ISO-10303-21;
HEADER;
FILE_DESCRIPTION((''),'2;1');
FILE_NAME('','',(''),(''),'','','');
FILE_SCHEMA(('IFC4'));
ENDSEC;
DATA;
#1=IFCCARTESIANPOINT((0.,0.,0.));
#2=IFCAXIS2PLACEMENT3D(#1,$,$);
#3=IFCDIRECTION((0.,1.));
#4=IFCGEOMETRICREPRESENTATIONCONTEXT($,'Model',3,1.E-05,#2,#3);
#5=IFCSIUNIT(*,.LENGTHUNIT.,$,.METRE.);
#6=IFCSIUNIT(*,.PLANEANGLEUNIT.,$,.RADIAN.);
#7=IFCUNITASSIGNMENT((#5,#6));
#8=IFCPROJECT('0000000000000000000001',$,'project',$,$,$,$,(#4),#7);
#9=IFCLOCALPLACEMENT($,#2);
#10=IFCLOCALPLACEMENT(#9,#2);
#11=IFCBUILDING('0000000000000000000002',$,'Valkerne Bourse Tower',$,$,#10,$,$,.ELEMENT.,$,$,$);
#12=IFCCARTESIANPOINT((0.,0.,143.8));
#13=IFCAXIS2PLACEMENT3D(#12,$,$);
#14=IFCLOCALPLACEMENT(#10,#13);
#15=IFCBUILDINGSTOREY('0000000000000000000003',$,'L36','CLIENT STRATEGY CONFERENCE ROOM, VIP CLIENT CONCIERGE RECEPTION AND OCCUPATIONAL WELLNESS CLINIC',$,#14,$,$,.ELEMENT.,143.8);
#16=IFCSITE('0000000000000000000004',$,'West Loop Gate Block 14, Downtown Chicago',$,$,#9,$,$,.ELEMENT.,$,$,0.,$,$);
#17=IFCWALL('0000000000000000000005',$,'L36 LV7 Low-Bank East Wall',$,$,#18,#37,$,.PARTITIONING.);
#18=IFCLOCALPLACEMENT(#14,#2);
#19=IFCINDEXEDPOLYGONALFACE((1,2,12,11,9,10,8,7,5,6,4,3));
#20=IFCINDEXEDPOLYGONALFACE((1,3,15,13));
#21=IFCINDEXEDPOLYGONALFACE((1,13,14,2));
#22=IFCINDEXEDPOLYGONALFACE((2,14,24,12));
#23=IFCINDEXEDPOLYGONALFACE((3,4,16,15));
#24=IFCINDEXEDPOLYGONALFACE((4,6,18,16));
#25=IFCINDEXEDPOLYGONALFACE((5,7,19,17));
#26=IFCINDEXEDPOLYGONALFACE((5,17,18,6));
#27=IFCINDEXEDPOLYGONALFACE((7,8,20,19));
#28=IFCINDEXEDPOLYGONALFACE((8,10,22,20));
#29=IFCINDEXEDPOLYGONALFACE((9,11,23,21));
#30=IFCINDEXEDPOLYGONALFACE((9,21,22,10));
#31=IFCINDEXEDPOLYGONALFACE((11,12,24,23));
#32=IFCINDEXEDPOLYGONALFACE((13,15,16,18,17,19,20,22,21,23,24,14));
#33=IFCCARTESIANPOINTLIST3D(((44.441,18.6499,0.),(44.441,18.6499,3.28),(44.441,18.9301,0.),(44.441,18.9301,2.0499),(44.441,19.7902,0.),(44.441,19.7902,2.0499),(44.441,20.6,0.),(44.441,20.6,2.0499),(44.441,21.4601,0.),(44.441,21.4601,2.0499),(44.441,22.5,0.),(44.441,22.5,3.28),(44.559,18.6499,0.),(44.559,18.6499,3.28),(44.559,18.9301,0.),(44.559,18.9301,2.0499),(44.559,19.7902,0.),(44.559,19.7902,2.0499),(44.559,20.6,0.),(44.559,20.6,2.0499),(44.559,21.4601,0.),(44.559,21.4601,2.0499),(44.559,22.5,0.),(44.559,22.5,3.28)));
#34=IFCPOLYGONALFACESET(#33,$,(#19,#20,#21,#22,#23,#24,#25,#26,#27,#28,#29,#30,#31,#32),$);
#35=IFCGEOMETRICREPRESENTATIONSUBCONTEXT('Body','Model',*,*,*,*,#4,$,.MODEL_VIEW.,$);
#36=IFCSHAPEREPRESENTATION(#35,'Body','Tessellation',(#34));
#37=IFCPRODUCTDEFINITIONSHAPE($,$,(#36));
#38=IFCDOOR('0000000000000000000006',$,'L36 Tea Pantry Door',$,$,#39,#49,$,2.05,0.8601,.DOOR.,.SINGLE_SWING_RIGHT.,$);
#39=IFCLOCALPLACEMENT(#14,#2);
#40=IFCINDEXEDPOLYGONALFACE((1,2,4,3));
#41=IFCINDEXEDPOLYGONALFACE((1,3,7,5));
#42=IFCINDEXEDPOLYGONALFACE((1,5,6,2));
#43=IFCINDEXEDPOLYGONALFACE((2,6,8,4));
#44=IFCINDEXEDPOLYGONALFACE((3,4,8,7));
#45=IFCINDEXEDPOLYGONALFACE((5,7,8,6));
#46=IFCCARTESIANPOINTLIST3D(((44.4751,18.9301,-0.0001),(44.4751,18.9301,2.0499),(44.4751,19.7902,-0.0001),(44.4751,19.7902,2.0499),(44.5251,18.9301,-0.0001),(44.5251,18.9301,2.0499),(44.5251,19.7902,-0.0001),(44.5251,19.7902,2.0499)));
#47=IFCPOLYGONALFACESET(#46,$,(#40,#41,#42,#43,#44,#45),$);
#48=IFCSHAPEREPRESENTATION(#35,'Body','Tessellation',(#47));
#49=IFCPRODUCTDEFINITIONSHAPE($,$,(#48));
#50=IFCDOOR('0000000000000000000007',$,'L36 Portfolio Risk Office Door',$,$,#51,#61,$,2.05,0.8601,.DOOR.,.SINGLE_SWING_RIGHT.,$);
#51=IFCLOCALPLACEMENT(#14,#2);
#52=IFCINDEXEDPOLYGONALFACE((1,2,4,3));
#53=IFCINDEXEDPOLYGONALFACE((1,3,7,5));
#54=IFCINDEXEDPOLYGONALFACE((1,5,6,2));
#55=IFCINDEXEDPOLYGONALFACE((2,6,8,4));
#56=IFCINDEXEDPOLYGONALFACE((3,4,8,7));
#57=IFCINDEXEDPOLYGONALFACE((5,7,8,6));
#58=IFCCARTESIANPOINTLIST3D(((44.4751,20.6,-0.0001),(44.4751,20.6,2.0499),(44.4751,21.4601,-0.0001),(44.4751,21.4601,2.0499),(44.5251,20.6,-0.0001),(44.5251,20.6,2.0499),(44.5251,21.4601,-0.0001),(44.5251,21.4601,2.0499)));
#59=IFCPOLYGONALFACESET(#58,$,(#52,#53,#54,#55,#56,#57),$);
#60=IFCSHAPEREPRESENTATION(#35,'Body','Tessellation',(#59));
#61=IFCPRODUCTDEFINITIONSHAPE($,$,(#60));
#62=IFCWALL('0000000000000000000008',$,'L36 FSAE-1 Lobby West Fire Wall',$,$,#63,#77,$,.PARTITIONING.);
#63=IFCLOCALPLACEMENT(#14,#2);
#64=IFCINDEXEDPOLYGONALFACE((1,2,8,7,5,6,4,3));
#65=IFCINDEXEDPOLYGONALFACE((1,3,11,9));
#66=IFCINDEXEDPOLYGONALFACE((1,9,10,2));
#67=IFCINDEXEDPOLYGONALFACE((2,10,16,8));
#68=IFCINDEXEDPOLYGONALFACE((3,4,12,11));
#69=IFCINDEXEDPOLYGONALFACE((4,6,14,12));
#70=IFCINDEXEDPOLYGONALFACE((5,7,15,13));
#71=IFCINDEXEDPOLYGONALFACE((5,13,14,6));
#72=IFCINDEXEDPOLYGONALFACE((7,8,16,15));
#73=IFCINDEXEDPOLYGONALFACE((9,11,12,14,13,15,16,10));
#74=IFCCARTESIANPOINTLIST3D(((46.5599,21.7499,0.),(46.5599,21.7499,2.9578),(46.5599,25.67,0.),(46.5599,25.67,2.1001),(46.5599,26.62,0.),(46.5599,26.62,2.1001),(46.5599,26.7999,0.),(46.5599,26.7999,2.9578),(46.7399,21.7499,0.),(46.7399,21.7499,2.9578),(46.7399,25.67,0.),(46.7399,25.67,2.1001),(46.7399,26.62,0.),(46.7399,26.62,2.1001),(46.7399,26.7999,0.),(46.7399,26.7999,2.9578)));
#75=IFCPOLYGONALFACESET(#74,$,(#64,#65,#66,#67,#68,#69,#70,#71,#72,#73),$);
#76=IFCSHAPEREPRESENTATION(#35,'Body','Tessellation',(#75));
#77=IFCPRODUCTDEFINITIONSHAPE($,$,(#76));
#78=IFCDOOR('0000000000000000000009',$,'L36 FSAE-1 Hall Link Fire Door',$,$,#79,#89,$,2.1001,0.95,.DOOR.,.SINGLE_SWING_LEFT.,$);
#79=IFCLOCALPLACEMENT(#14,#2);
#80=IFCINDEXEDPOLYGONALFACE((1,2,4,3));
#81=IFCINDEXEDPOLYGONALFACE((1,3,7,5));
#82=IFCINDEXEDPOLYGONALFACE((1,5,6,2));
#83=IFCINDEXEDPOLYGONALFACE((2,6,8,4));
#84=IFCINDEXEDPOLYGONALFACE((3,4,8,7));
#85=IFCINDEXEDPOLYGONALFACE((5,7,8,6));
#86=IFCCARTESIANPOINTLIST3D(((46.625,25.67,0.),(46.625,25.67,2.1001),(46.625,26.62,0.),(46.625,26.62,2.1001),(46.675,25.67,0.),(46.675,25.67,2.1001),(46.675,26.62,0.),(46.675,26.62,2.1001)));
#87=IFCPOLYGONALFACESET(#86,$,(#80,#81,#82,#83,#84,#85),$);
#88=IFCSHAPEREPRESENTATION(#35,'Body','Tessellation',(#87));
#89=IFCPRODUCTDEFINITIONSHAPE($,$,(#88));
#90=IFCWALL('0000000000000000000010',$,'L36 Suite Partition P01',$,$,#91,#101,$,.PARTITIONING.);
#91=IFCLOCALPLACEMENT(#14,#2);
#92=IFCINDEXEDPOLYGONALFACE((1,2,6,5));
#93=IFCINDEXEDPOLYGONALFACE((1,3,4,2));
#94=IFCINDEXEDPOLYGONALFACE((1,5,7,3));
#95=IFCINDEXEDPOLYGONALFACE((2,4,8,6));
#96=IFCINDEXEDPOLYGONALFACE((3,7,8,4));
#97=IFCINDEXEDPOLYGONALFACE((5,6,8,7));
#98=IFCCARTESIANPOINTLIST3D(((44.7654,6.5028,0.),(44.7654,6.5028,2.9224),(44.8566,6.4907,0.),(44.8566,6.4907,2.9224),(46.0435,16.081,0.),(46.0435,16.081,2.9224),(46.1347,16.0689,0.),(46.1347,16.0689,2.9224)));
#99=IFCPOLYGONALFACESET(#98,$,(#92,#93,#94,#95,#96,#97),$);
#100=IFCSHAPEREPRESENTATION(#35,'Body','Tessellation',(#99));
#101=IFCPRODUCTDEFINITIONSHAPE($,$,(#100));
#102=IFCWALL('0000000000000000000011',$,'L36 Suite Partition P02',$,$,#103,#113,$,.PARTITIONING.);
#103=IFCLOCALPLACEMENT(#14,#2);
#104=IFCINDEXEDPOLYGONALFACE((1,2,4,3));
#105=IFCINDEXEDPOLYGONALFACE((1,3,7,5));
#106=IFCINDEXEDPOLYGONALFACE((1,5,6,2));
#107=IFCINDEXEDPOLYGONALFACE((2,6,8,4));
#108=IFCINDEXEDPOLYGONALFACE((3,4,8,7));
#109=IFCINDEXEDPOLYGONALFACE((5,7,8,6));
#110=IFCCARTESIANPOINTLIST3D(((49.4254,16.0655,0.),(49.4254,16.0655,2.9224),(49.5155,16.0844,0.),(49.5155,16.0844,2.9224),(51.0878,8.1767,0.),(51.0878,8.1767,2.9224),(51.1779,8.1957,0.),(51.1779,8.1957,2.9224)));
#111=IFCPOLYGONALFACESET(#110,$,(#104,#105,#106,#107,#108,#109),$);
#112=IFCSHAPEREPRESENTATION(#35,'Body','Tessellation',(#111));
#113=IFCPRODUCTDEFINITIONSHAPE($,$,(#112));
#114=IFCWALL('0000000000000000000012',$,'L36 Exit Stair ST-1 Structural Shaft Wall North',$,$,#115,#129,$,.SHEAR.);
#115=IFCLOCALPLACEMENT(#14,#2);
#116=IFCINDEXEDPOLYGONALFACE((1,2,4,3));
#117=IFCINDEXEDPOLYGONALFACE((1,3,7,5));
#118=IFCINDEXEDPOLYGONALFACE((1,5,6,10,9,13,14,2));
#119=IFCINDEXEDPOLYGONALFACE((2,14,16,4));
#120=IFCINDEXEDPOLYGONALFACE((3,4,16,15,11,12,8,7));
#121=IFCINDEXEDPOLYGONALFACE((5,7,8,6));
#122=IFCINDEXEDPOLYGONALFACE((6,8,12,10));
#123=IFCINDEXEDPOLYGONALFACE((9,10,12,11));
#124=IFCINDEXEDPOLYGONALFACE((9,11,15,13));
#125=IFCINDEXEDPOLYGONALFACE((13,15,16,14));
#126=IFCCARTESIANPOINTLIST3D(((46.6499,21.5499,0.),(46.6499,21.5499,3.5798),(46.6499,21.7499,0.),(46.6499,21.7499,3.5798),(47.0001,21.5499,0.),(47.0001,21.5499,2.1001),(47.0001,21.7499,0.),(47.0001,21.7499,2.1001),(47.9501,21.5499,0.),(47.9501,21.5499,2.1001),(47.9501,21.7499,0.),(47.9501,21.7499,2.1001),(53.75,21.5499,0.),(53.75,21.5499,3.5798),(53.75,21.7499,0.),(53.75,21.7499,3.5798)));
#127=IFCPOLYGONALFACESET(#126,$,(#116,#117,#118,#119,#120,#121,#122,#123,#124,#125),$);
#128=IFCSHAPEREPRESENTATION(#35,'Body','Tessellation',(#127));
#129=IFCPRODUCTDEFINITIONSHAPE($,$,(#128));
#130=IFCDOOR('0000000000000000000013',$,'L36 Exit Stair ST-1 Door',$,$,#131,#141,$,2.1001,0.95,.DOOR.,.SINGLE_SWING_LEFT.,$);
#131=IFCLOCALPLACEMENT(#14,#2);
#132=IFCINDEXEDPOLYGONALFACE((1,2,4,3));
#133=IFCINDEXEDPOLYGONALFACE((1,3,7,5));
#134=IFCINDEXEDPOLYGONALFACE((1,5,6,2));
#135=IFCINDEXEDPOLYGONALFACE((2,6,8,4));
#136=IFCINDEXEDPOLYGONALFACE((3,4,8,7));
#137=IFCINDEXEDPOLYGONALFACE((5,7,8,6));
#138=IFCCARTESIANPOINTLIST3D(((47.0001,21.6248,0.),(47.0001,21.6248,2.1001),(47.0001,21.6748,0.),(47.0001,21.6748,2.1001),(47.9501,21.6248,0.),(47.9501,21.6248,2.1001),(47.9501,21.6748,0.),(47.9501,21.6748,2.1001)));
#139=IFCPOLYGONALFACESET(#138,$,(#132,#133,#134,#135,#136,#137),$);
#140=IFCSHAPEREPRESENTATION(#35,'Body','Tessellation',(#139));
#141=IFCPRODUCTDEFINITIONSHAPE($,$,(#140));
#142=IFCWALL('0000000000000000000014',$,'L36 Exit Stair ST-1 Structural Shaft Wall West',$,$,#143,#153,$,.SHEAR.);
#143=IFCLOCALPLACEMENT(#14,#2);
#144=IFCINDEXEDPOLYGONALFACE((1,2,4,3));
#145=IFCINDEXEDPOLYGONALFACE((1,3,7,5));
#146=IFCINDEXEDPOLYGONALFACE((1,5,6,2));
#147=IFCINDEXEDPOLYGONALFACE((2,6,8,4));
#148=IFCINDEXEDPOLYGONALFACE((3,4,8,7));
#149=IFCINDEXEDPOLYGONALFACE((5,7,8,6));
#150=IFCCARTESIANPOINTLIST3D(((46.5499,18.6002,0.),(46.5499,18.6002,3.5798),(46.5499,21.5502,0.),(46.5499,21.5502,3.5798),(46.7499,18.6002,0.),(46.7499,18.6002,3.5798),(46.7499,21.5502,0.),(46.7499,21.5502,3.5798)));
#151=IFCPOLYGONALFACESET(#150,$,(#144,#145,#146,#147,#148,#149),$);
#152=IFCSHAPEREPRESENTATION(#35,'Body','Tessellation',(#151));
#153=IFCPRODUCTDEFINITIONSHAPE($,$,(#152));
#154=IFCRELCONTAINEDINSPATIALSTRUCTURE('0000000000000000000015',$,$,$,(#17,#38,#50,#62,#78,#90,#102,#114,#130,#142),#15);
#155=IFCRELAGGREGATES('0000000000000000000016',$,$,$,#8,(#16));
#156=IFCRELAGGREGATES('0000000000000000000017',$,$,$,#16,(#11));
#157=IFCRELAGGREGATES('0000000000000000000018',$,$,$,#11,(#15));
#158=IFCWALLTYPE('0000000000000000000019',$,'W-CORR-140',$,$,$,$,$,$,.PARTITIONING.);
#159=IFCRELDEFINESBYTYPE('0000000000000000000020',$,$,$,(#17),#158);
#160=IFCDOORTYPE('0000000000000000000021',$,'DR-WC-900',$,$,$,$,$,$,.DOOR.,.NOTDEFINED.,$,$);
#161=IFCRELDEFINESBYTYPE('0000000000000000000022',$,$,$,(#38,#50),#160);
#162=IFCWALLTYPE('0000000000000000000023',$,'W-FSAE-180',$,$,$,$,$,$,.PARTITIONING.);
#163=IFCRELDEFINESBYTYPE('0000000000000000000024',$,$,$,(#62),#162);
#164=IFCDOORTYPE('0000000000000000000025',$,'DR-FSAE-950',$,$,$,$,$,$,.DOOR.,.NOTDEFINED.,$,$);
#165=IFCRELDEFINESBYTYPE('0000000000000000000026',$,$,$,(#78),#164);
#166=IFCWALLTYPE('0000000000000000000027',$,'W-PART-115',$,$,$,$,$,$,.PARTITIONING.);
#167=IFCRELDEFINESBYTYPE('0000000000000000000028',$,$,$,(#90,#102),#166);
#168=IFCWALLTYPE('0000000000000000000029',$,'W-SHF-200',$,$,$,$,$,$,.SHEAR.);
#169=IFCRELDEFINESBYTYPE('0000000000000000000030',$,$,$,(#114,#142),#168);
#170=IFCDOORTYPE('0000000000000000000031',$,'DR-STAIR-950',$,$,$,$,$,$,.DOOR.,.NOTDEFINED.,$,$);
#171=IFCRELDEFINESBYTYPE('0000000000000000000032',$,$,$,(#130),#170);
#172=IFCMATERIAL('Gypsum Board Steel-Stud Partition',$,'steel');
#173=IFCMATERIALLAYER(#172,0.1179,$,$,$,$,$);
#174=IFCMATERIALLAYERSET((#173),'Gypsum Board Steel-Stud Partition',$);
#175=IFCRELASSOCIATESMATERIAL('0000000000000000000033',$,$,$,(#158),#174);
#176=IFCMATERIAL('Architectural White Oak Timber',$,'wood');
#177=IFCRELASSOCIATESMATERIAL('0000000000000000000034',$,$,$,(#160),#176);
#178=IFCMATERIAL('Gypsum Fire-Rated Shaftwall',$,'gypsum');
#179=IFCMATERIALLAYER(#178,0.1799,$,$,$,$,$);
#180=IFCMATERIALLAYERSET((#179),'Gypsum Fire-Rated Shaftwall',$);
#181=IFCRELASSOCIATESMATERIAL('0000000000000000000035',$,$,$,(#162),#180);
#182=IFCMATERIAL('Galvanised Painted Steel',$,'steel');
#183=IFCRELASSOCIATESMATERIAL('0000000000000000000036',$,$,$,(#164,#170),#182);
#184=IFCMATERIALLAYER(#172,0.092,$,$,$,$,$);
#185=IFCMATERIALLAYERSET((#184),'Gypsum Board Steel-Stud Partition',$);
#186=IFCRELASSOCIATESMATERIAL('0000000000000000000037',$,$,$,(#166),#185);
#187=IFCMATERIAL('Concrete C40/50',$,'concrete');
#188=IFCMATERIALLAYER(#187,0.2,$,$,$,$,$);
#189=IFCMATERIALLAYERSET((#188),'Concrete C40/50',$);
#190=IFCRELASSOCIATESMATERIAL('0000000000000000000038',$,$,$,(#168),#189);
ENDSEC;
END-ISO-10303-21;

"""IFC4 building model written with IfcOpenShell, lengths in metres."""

from ifc_helpers import new_model, si_unit, direction, frame, frame_2d, origin, place, context, subcontext, project, spatial, rectangle, extrude, material, layer, layer_set, type_object, element, fill, save


model = new_model("IFC4")

# Units and contexts
model_context = context("Model", 3, precision=1e-05, world=origin(), true_north=direction((0.0, 1.0)))
body_context = subcontext(model_context, "Body", "Model", "MODEL_VIEW")
ifc_project = project(units=[si_unit("LENGTHUNIT", "METRE"), si_unit("PLANEANGLEUNIT", "RADIAN")], contexts=[model_context])

# Site, building, storey
site_placement = place(None, origin())
site = spatial("IfcSite", under=ifc_project, at=site_placement, Name="West Loop Gate Block 14, Downtown Chicago", CompositionType="ELEMENT", RefElevation=0.0)
building_placement = place(site_placement, origin())
building = spatial("IfcBuilding", under=site, at=building_placement, Name="Valkerne Bourse Tower", CompositionType="ELEMENT")
storey_placement = place(building_placement, frame((0.0, 0.0, 143.8)))
storey = spatial("IfcBuildingStorey", under=building, at=storey_placement, Name="L36", Description="CLIENT STRATEGY CONFERENCE ROOM, VIP CLIENT CONCIERGE RECEPTION AND OCCUPATIONAL WELLNESS CLINIC", CompositionType="ELEMENT", Elevation=143.8)

# Wall, openings, doors
ifc_material_1 = material(Name="Gypsum Board Steel-Stud Partition", Category="steel")
ifc_layer_1 = layer(ifc_material_1, 0.1179)
ifc_layer_set_1 = layer_set([ifc_layer_1], Name="Gypsum Board Steel-Stud Partition")
wall_type_1 = type_object("IfcWallType", Name="W-CORR-140", PredefinedType="PARTITIONING", material=ifc_layer_set_1)
wall_1_placement = place(storey_placement, frame((44.5, 18.6499, 0.0), z_axis=(0.0, 0.0, 1.0), x_axis=(0.0, 1.0, 0.0)))
wall_1 = element("IfcWall", 1, at=wall_1_placement, inside=storey, type_object=wall_type_1, Name="L36 LV7 Low-Bank East Wall", PredefinedType="PARTITIONING", context=body_context, shape_type="SweptSolid", body=[
    extrude(rectangle(XDim=3.8501, YDim=0.1179, at=frame_2d((1.925, 0.0))), origin(), (0.0, 0.0, 1.0), 3.28),
])
opening_1_placement = place(wall_1_placement, frame((0.28, 0.0, 0.0)))
opening_1 = element("IfcOpeningElement", 2, at=opening_1_placement, cuts=wall_1, PredefinedType="OPENING", context=body_context, shape_type="SweptSolid", body=[
    extrude(rectangle(XDim=0.8601, YDim=2.05, at=frame_2d((0.4302, 1.0249))), frame((0.0, 0.0688, 0.0), z_axis=(0.0, -1.0, 0.0), x_axis=(1.0, 0.0, 0.0)), (0.0, 0.0, 1.0), 0.1379),
])
opening_2_placement = place(wall_1_placement, frame((1.95, 0.0, 0.0)))
opening_2 = element("IfcOpeningElement", 3, at=opening_2_placement, cuts=wall_1, PredefinedType="OPENING", context=body_context, shape_type="SweptSolid", body=[
    extrude(rectangle(XDim=0.8601, YDim=2.05, at=frame_2d((0.4302, 1.0249))), frame((0.0, 0.0688, 0.0), z_axis=(0.0, -1.0, 0.0), x_axis=(1.0, 0.0, 0.0)), (0.0, 0.0, 1.0), 0.1379),
])
ifc_material_2 = material(Name="Architectural White Oak Timber", Category="wood")
door_type_1 = type_object("IfcDoorType", Name="DR-WC-900", OperationType="NOTDEFINED", PredefinedType="DOOR", material=ifc_material_2)
door_1_placement = place(opening_1_placement, origin())
door_1 = element("IfcDoor", 4, at=door_1_placement, inside=storey, type_object=door_type_1, Name="L36 Tea Pantry Door", OperationType="SINGLE_SWING_RIGHT", OverallHeight=2.05, OverallWidth=0.8601, PredefinedType="DOOR", context=body_context, shape_type="SweptSolid", body=[
    extrude(rectangle(XDim=0.8601, YDim=2.05, at=frame_2d((0.4302, 1.0249))), frame((0.0, 0.0249, 0.0), z_axis=(0.0, -1.0, 0.0), x_axis=(1.0, 0.0, 0.0)), (0.0, 0.0, 1.0), 0.05),
])
fill(opening_1, door_1)
door_2_placement = place(opening_2_placement, origin())
door_2 = element("IfcDoor", 5, at=door_2_placement, inside=storey, type_object=door_type_1, Name="L36 Portfolio Risk Office Door", OperationType="SINGLE_SWING_RIGHT", OverallHeight=2.05, OverallWidth=0.8601, PredefinedType="DOOR", context=body_context, shape_type="SweptSolid", body=[
    extrude(rectangle(XDim=0.8601, YDim=2.05, at=frame_2d((0.4302, 1.0249))), frame((0.0, 0.0249, 0.0), z_axis=(0.0, -1.0, 0.0), x_axis=(1.0, 0.0, 0.0)), (0.0, 0.0, 1.0), 0.05),
])
fill(opening_2, door_2)

# Wall, opening, door
ifc_material_3 = material(Name="Gypsum Fire-Rated Shaftwall", Category="gypsum")
ifc_layer_2 = layer(ifc_material_3, 0.1799)
ifc_layer_set_2 = layer_set([ifc_layer_2], Name="Gypsum Fire-Rated Shaftwall")
wall_type_2 = type_object("IfcWallType", Name="W-FSAE-180", PredefinedType="PARTITIONING", material=ifc_layer_set_2)
wall_2_placement = place(storey_placement, frame((46.6499, 21.75, 0.0), z_axis=(0.0, 0.0, 1.0), x_axis=(0.0, 1.0, 0.0)))
wall_2 = element("IfcWall", 6, at=wall_2_placement, inside=storey, type_object=wall_type_2, Name="L36 FSAE-1 Lobby West Fire Wall", PredefinedType="PARTITIONING", context=body_context, shape_type="SweptSolid", body=[
    extrude(rectangle(XDim=5.05, YDim=0.1799, at=frame_2d((2.5249, 0.0))), origin(), (0.0, 0.0, 1.0), 2.9578),
])
opening_3_placement = place(wall_2_placement, frame((3.9199, 0.0, 0.0)))
opening_3 = element("IfcOpeningElement", 7, at=opening_3_placement, cuts=wall_2, PredefinedType="OPENING", context=body_context, shape_type="SweptSolid", body=[
    extrude(rectangle(XDim=0.95, YDim=2.1001, at=frame_2d((0.4751, 1.05))), frame((0.0, 0.0999, 0.0), z_axis=(0.0, -1.0, 0.0), x_axis=(1.0, 0.0, 0.0)), (0.0, 0.0, 1.0), 0.2),
])
ifc_material_4 = material(Name="Galvanised Painted Steel", Category="steel")
door_type_2 = type_object("IfcDoorType", Name="DR-FSAE-950", OperationType="NOTDEFINED", PredefinedType="DOOR", material=ifc_material_4)
door_3_placement = place(opening_3_placement, origin())
door_3 = element("IfcDoor", 8, at=door_3_placement, inside=storey, type_object=door_type_2, Name="L36 FSAE-1 Hall Link Fire Door", OperationType="SINGLE_SWING_LEFT", OverallHeight=2.1001, OverallWidth=0.95, PredefinedType="DOOR", context=body_context, shape_type="SweptSolid", body=[
    extrude(rectangle(XDim=0.95, YDim=2.1001, at=frame_2d((0.4751, 1.05))), frame((0.0, 0.0249, 0.0), z_axis=(0.0, -1.0, 0.0), x_axis=(1.0, 0.0, 0.0)), (0.0, 0.0, 1.0), 0.05),
])
fill(opening_3, door_3)

# Walls
ifc_layer_3 = layer(ifc_material_1, 0.092)
ifc_layer_set_3 = layer_set([ifc_layer_3], Name="Gypsum Board Steel-Stud Partition")
wall_type_3 = type_object("IfcWallType", Name="W-PART-115", PredefinedType="PARTITIONING", material=ifc_layer_set_3)
wall_3_placement = place(storey_placement, frame((46.0891, 16.075, 0.0), z_axis=(0.0, 0.0, 1.0), x_axis=(-0.132265, -0.991214, 0.0)))
element("IfcWall", 9, at=wall_3_placement, inside=storey, type_object=wall_type_3, Name="L36 Suite Partition P01", PredefinedType="PARTITIONING", context=body_context, shape_type="SweptSolid", body=[
    extrude(rectangle(XDim=9.6631, YDim=0.092, at=frame_2d((4.8315, 0.0))), origin(), (0.0, 0.0, 1.0), 2.9224),
])
wall_4_placement = place(storey_placement, frame((49.4705, 16.075, 0.0), z_axis=(0.0, 0.0, 1.0), x_axis=(0.206198, -0.97851, 0.0)))
element("IfcWall", 10, at=wall_4_placement, inside=storey, type_object=wall_type_3, Name="L36 Suite Partition P02", PredefinedType="PARTITIONING", context=body_context, shape_type="SweptSolid", body=[
    extrude(rectangle(XDim=8.062, YDim=0.092, at=frame_2d((4.031, 0.0))), origin(), (0.0, 0.0, 1.0), 2.9224),
])

# Wall, opening, door
ifc_material_5 = material(Name="Concrete C40/50", Category="concrete")
ifc_layer_4 = layer(ifc_material_5, 0.2)
ifc_layer_set_4 = layer_set([ifc_layer_4], Name="Concrete C40/50")
wall_type_4 = type_object("IfcWallType", Name="W-SHF-200", PredefinedType="SHEAR", material=ifc_layer_set_4)
wall_5_placement = place(storey_placement, frame((46.6499, 21.6499, 0.0), z_axis=(0.0, 0.0, 1.0), x_axis=(1.0, 0.0, 0.0)))
wall_5 = element("IfcWall", 11, at=wall_5_placement, inside=storey, type_object=wall_type_4, Name="L36 Exit Stair ST-1 Structural Shaft Wall North", PredefinedType="SHEAR", context=body_context, shape_type="SweptSolid", body=[
    extrude(rectangle(XDim=7.1001, YDim=0.2, at=frame_2d((3.55, 0.0))), origin(), (0.0, 0.0, 1.0), 3.5798),
])
opening_4_placement = place(wall_5_placement, frame((0.3501, 0.0, 0.0)))
opening_4 = element("IfcOpeningElement", 12, at=opening_4_placement, cuts=wall_5, PredefinedType="OPENING", context=body_context, shape_type="SweptSolid", body=[
    extrude(rectangle(XDim=0.95, YDim=2.1001, at=frame_2d((0.4751, 1.05))), frame((0.0, 0.1099, 0.0), z_axis=(0.0, -1.0, 0.0), x_axis=(1.0, 0.0, 0.0)), (0.0, 0.0, 1.0), 0.22),
])
door_type_3 = type_object("IfcDoorType", Name="DR-STAIR-950", OperationType="NOTDEFINED", PredefinedType="DOOR", material=ifc_material_4)
door_4_placement = place(opening_4_placement, origin())
door_4 = element("IfcDoor", 13, at=door_4_placement, inside=storey, type_object=door_type_3, Name="L36 Exit Stair ST-1 Door", OperationType="SINGLE_SWING_LEFT", OverallHeight=2.1001, OverallWidth=0.95, PredefinedType="DOOR", context=body_context, shape_type="SweptSolid", body=[
    extrude(rectangle(XDim=0.95, YDim=2.1001, at=frame_2d((0.4751, 1.05))), frame((0.0, 0.0249, 0.0), z_axis=(0.0, -1.0, 0.0), x_axis=(1.0, 0.0, 0.0)), (0.0, 0.0, 1.0), 0.05),
])
fill(opening_4, door_4)

# Wall
wall_6_placement = place(storey_placement, frame((46.6499, 18.6001, 0.0), z_axis=(0.0, 0.0, 1.0), x_axis=(0.0, 1.0, 0.0)))
element("IfcWall", 14, at=wall_6_placement, inside=storey, type_object=wall_type_4, Name="L36 Exit Stair ST-1 Structural Shaft Wall West", PredefinedType="SHEAR", context=body_context, shape_type="SweptSolid", body=[
    extrude(rectangle(XDim=2.95, YDim=0.2, at=frame_2d((1.4751, 0.0))), origin(), (0.0, 0.0, 1.0), 3.5798),
])

save(model, "model.ifc")
